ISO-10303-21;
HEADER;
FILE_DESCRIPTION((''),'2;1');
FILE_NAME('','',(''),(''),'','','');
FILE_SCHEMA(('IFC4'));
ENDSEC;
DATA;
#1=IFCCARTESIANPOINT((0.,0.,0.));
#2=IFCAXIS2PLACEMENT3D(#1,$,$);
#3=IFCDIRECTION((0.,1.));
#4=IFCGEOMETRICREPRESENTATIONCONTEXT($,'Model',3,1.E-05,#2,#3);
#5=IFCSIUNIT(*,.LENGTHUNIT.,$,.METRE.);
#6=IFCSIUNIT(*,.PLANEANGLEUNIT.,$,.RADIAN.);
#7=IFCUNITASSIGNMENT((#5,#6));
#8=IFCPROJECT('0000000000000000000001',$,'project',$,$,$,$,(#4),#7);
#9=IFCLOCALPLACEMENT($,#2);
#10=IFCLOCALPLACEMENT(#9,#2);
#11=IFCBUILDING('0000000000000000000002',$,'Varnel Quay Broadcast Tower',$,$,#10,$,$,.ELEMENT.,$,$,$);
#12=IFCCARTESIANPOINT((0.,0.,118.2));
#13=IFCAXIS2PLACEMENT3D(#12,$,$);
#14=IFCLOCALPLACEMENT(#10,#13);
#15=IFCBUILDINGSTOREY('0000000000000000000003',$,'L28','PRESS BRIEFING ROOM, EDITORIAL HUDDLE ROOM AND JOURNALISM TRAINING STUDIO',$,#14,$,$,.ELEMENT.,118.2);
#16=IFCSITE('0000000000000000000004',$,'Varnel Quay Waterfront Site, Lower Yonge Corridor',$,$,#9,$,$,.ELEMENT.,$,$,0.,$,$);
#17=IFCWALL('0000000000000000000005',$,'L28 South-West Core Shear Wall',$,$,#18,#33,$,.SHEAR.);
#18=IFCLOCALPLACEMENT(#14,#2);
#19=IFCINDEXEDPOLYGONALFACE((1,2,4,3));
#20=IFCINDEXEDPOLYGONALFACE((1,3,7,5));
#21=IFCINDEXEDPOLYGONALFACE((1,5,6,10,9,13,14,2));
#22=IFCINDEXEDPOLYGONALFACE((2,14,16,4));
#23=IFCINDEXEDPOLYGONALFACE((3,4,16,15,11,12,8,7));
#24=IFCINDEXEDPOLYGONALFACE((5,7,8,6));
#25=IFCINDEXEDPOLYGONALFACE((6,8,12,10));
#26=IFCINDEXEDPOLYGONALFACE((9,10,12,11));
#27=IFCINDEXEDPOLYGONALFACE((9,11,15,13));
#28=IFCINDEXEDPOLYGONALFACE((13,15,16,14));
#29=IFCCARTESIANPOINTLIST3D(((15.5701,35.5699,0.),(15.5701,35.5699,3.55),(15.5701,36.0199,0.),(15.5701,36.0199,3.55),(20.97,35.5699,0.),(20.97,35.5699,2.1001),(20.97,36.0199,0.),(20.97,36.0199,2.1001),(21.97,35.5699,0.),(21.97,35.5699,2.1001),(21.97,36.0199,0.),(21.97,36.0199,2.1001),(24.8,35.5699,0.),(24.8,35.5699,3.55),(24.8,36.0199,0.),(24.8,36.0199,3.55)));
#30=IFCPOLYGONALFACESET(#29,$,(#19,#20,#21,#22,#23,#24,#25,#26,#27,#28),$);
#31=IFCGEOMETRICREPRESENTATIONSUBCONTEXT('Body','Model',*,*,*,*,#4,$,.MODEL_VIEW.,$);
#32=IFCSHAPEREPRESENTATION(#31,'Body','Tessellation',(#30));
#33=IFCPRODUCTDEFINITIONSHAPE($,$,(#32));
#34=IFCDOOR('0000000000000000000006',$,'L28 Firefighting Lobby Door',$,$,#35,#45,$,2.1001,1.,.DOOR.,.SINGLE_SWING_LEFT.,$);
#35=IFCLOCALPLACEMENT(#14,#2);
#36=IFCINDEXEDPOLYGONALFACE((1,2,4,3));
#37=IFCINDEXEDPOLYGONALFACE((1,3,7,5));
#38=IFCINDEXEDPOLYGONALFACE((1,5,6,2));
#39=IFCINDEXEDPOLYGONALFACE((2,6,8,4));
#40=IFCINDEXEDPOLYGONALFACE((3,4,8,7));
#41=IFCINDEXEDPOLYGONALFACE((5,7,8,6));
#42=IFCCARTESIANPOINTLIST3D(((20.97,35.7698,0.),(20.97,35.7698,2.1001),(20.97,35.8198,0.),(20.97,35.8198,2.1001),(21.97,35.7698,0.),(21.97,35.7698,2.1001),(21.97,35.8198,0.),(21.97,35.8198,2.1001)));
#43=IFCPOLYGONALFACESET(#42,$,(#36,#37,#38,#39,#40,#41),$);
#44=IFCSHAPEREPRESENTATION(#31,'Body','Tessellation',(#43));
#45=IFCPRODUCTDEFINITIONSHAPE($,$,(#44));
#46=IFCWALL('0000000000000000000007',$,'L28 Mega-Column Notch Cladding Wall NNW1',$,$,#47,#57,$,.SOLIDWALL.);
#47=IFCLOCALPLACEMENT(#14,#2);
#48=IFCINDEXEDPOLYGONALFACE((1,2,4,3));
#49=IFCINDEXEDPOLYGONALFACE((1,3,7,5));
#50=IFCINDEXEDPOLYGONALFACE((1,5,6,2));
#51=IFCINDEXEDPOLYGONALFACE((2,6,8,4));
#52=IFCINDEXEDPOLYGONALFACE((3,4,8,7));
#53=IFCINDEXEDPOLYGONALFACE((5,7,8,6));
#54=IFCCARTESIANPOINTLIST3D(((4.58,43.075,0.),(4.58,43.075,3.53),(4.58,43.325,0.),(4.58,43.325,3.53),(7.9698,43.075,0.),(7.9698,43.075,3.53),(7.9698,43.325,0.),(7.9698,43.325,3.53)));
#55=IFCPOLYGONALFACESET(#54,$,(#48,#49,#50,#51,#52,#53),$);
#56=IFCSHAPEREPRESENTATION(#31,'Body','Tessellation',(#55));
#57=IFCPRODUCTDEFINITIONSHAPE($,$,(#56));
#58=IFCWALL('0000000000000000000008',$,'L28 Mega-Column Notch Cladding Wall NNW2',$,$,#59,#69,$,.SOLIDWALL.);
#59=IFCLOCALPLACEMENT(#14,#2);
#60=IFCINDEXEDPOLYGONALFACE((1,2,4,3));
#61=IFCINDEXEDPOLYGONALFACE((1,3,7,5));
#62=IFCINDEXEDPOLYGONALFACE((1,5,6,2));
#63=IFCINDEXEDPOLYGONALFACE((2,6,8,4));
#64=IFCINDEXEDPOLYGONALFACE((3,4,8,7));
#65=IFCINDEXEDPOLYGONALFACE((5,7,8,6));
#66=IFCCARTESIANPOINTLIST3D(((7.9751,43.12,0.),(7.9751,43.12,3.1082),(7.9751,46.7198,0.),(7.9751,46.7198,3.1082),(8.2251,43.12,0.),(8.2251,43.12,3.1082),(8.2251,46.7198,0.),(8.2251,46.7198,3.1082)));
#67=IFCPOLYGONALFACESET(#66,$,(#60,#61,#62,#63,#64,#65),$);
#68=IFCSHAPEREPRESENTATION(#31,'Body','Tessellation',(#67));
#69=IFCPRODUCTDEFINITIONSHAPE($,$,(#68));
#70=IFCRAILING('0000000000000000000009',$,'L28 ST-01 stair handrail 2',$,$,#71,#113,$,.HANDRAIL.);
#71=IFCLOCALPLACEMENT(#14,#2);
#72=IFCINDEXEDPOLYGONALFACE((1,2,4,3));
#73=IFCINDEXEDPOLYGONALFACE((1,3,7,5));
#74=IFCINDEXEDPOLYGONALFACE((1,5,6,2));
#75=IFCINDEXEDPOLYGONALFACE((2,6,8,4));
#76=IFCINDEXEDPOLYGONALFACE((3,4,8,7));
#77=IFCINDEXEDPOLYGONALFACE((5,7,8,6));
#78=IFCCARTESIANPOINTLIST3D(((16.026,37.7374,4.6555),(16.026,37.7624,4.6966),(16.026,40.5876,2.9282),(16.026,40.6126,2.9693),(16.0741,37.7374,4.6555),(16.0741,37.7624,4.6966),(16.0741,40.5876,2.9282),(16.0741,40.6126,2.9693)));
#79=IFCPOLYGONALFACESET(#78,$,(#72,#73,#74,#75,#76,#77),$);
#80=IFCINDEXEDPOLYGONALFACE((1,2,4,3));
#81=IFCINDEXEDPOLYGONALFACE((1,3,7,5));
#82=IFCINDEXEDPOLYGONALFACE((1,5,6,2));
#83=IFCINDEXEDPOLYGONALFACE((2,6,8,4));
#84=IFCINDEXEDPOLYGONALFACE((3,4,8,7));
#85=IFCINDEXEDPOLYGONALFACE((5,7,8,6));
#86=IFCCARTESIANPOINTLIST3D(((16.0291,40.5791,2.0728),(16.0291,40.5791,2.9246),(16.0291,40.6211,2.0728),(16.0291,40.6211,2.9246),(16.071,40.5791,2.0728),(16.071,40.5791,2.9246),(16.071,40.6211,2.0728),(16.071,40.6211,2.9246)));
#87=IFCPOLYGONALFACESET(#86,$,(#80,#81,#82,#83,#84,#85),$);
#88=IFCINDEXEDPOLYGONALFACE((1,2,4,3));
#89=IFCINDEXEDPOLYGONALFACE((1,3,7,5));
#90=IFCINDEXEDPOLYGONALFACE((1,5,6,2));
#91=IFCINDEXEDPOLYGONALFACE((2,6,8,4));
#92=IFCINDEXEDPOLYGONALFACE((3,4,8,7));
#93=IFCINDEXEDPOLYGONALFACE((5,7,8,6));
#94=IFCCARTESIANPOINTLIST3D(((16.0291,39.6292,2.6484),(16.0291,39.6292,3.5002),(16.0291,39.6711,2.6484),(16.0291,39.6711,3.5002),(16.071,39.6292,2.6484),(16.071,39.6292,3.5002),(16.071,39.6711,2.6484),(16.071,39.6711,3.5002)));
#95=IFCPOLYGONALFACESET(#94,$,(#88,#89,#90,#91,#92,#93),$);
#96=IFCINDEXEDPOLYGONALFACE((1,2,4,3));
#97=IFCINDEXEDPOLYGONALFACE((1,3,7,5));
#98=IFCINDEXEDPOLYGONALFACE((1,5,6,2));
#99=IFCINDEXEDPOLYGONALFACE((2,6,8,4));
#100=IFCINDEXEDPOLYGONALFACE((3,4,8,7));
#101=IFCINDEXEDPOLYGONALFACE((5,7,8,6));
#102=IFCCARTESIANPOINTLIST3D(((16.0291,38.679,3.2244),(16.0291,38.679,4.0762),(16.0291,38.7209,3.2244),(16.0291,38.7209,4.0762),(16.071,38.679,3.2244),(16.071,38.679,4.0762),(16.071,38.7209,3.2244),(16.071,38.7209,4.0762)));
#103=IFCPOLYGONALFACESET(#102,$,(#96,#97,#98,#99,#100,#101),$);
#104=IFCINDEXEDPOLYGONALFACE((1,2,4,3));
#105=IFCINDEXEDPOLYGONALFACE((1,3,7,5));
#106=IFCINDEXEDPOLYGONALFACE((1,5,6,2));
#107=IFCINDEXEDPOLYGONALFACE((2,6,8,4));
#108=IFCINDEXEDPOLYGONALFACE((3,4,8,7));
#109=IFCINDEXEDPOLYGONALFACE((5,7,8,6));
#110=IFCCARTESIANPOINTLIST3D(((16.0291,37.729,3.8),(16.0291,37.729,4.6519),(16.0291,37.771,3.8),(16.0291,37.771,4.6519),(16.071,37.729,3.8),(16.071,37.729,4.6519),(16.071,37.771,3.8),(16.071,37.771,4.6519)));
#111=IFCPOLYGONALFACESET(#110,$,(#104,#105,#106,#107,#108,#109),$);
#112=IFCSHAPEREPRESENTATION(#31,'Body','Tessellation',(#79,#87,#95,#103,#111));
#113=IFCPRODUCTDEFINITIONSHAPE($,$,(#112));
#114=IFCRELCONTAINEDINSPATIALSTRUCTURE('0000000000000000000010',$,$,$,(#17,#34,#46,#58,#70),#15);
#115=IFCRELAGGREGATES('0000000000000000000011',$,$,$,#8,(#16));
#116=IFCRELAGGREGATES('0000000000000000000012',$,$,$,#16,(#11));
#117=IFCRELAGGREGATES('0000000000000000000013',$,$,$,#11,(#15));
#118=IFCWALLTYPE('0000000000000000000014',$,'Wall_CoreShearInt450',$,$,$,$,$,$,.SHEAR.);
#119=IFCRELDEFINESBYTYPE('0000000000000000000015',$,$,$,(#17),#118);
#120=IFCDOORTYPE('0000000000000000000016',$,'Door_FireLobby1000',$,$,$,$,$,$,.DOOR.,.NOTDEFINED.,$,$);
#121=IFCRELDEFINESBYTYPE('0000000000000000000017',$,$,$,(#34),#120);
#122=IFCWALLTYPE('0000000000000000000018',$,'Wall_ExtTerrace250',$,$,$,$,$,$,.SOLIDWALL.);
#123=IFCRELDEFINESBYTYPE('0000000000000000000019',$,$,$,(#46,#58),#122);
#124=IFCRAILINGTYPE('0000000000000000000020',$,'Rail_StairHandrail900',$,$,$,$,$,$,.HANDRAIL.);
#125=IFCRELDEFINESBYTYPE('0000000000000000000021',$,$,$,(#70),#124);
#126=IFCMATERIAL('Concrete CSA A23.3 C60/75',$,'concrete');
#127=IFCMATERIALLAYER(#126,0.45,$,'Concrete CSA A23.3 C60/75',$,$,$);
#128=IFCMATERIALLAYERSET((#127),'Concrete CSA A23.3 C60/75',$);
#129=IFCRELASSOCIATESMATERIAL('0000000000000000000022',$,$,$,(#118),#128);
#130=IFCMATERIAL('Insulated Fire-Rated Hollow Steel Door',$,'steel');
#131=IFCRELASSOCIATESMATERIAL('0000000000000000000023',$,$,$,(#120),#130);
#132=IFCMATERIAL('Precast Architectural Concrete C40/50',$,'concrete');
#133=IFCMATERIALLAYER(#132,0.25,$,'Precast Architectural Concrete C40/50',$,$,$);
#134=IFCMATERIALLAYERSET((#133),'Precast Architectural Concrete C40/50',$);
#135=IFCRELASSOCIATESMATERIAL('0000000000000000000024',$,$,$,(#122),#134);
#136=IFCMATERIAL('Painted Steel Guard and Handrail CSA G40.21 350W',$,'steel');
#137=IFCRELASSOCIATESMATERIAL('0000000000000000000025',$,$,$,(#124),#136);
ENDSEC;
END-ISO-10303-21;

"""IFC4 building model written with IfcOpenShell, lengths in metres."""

from ifc_helpers import new_model, si_unit, direction, frame, frame_2d, origin, origin_2d, place, context, subcontext, project, spatial, rectangle, extrude, source, transform, mapped, material, layer, layer_set, type_object, type_shapes, element, fill, save


model = new_model("IFC4")

# Units and contexts
model_context = context("Model", 3, precision=1e-05, world=origin(), true_north=direction((0.0, 1.0)))
body_context = subcontext(model_context, "Body", "Model", "MODEL_VIEW")
ifc_project = project(units=[si_unit("LENGTHUNIT", "METRE"), si_unit("PLANEANGLEUNIT", "RADIAN")], contexts=[model_context])

# Site, building, storey
site_placement = place(None, origin())
site = spatial("IfcSite", under=ifc_project, at=site_placement, Name="Varnel Quay Waterfront Site, Lower Yonge Corridor", CompositionType="ELEMENT", RefElevation=0.0)
building_placement = place(site_placement, origin())
building = spatial("IfcBuilding", under=site, at=building_placement, Name="Varnel Quay Broadcast Tower", CompositionType="ELEMENT")
storey_placement = place(building_placement, frame((0.0, 0.0, 118.2)))
storey = spatial("IfcBuildingStorey", under=building, at=storey_placement, Name="L28", Description="PRESS BRIEFING ROOM, EDITORIAL HUDDLE ROOM AND JOURNALISM TRAINING STUDIO", CompositionType="ELEMENT", Elevation=118.2)

# Shared definitions
ifc_material_1 = material(Name="Concrete CSA A23.3 C60/75", Category="concrete")

# Wall, opening, door
ifc_layer_1 = layer(ifc_material_1, 0.45, Name="Concrete CSA A23.3 C60/75")
ifc_layer_set_1 = layer_set([ifc_layer_1], Name="Concrete CSA A23.3 C60/75")
wall_type_1 = type_object("IfcWallType", Name="Wall_CoreShearInt450", PredefinedType="SHEAR", material=ifc_layer_set_1)
wall_1_placement = place(storey_placement, frame((15.5701, 35.7949, 0.0), z_axis=(0.0, 0.0, 1.0), x_axis=(1.0, 0.0, 0.0)))
wall_1 = element("IfcWall", 1, at=wall_1_placement, inside=storey, type_object=wall_type_1, Name="L28 South-West Core Shear Wall", PredefinedType="SHEAR", context=body_context, shape_type="SweptSolid", body=[
    extrude(rectangle(XDim=9.23, YDim=0.45, at=frame_2d((4.615, 0.0))), origin(), (0.0, 0.0, 1.0), 3.55),
])
opening_placement = place(wall_1_placement, frame((5.3999, 0.0, 0.0)))
opening = element("IfcOpeningElement", 2, at=opening_placement, cuts=wall_1, PredefinedType="OPENING", context=body_context, shape_type="SweptSolid", body=[
    extrude(rectangle(XDim=1.0, YDim=2.1001, at=frame_2d((0.5, 1.05))), frame((0.0, 0.2349, 0.0), z_axis=(0.0, -1.0, 0.0), x_axis=(1.0, 0.0, 0.0)), (0.0, 0.0, 1.0), 0.47),
])
ifc_material_2 = material(Name="Insulated Fire-Rated Hollow Steel Door", Category="steel")
door_type = type_object("IfcDoorType", Name="Door_FireLobby1000", OperationType="NOTDEFINED", PredefinedType="DOOR", material=ifc_material_2)
shared_shape_1 = source(origin(), body_context, "Body", "SweptSolid", [
    extrude(rectangle(XDim=1.0, YDim=2.1001, at=frame_2d((0.5, 1.05))), frame((0.0, 0.0249, 0.0), z_axis=(0.0, -1.0, 0.0), x_axis=(1.0, 0.0, 0.0)), (0.0, 0.0, 1.0), 0.05),
])
type_shapes(door_type, [shared_shape_1])
door_placement = place(opening_placement, origin())
door = element("IfcDoor", 3, at=door_placement, inside=storey, type_object=door_type, Name="L28 Firefighting Lobby Door", OperationType="SINGLE_SWING_LEFT", OverallHeight=2.1001, OverallWidth=1.0, PredefinedType="DOOR", context=body_context, shape_type="MappedRepresentation", body=[
    mapped(shared_shape_1, transform((0.0, 0.0, 0.0), x_axis=(1.0, 0.0, 0.0), y_axis=(0.0, 1.0, 0.0), z_axis=(0.0, 0.0, 1.0), scale=1.0)),
])
fill(opening, door)

# Walls
ifc_material_3 = material(Name="Precast Architectural Concrete C40/50", Category="concrete")
ifc_layer_2 = layer(ifc_material_3, 0.25, Name="Precast Architectural Concrete C40/50")
ifc_layer_set_2 = layer_set([ifc_layer_2], Name="Precast Architectural Concrete C40/50")
wall_type_2 = type_object("IfcWallType", Name="Wall_ExtTerrace250", PredefinedType="SOLIDWALL", material=ifc_layer_set_2)
wall_2_placement = place(storey_placement, frame((4.5801, 43.2, 0.0), z_axis=(0.0, 0.0, 1.0), x_axis=(1.0, 0.0, 0.0)))
element("IfcWall", 4, at=wall_2_placement, inside=storey, type_object=wall_type_2, Name="L28 Mega-Column Notch Cladding Wall NNW1", PredefinedType="SOLIDWALL", context=body_context, shape_type="SweptSolid", body=[
    extrude(rectangle(XDim=3.3899, YDim=0.25, at=frame_2d((1.6948, 0.0))), origin(), (0.0, 0.0, 1.0), 3.53),
])
wall_3_placement = place(storey_placement, frame((8.1001, 43.1201, 0.0), z_axis=(0.0, 0.0, 1.0), x_axis=(0.0, 1.0, 0.0)))
element("IfcWall", 5, at=wall_3_placement, inside=storey, type_object=wall_type_2, Name="L28 Mega-Column Notch Cladding Wall NNW2", PredefinedType="SOLIDWALL", context=body_context, shape_type="SweptSolid", body=[
    extrude(rectangle(XDim=3.5999, YDim=0.25, at=frame_2d((1.7998, 0.0))), origin(), (0.0, 0.0, 1.0), 3.1082),
])

# Railing
ifc_material_4 = material(Name="Painted Steel Guard and Handrail CSA G40.21 350W", Category="steel")
railing_type = type_object("IfcRailingType", Name="Rail_StairHandrail900", PredefinedType="HANDRAIL", material=ifc_material_4)
railing_placement = place(storey_placement, frame((16.05, 40.6001, 2.0728)))
element("IfcRailing", 6, at=railing_placement, inside=storey, type_object=railing_type, Name="L28 ST-01 stair handrail 2", PredefinedType="HANDRAIL", context=body_context, shape_type="SweptSolid", body=[
    extrude(rectangle(XDim=0.0481, YDim=0.0481, at=origin_2d()), frame((0.0, 0.0, 0.876), z_axis=(0.0, -0.855203, 0.518294), x_axis=(1.0, 0.0, 0.0)), (0.0, 0.0, 1.0), 3.3328),
    extrude(rectangle(XDim=0.042, YDim=0.042, at=origin_2d()), origin(), (0.0, 0.0, 1.0), 0.8518),
    extrude(rectangle(XDim=0.042, YDim=0.042, at=origin_2d()), frame((0.0, -0.95, 0.5757)), (0.0, 0.0, 1.0), 0.8518),
    extrude(rectangle(XDim=0.042, YDim=0.042, at=origin_2d()), frame((0.0, -1.9001, 1.1516)), (0.0, 0.0, 1.0), 0.8518),
    extrude(rectangle(XDim=0.042, YDim=0.042, at=origin_2d()), frame((0.0, -2.8501, 1.7273)), (0.0, 0.0, 1.0), 0.8518),
])

save(model, "model.ifc")
